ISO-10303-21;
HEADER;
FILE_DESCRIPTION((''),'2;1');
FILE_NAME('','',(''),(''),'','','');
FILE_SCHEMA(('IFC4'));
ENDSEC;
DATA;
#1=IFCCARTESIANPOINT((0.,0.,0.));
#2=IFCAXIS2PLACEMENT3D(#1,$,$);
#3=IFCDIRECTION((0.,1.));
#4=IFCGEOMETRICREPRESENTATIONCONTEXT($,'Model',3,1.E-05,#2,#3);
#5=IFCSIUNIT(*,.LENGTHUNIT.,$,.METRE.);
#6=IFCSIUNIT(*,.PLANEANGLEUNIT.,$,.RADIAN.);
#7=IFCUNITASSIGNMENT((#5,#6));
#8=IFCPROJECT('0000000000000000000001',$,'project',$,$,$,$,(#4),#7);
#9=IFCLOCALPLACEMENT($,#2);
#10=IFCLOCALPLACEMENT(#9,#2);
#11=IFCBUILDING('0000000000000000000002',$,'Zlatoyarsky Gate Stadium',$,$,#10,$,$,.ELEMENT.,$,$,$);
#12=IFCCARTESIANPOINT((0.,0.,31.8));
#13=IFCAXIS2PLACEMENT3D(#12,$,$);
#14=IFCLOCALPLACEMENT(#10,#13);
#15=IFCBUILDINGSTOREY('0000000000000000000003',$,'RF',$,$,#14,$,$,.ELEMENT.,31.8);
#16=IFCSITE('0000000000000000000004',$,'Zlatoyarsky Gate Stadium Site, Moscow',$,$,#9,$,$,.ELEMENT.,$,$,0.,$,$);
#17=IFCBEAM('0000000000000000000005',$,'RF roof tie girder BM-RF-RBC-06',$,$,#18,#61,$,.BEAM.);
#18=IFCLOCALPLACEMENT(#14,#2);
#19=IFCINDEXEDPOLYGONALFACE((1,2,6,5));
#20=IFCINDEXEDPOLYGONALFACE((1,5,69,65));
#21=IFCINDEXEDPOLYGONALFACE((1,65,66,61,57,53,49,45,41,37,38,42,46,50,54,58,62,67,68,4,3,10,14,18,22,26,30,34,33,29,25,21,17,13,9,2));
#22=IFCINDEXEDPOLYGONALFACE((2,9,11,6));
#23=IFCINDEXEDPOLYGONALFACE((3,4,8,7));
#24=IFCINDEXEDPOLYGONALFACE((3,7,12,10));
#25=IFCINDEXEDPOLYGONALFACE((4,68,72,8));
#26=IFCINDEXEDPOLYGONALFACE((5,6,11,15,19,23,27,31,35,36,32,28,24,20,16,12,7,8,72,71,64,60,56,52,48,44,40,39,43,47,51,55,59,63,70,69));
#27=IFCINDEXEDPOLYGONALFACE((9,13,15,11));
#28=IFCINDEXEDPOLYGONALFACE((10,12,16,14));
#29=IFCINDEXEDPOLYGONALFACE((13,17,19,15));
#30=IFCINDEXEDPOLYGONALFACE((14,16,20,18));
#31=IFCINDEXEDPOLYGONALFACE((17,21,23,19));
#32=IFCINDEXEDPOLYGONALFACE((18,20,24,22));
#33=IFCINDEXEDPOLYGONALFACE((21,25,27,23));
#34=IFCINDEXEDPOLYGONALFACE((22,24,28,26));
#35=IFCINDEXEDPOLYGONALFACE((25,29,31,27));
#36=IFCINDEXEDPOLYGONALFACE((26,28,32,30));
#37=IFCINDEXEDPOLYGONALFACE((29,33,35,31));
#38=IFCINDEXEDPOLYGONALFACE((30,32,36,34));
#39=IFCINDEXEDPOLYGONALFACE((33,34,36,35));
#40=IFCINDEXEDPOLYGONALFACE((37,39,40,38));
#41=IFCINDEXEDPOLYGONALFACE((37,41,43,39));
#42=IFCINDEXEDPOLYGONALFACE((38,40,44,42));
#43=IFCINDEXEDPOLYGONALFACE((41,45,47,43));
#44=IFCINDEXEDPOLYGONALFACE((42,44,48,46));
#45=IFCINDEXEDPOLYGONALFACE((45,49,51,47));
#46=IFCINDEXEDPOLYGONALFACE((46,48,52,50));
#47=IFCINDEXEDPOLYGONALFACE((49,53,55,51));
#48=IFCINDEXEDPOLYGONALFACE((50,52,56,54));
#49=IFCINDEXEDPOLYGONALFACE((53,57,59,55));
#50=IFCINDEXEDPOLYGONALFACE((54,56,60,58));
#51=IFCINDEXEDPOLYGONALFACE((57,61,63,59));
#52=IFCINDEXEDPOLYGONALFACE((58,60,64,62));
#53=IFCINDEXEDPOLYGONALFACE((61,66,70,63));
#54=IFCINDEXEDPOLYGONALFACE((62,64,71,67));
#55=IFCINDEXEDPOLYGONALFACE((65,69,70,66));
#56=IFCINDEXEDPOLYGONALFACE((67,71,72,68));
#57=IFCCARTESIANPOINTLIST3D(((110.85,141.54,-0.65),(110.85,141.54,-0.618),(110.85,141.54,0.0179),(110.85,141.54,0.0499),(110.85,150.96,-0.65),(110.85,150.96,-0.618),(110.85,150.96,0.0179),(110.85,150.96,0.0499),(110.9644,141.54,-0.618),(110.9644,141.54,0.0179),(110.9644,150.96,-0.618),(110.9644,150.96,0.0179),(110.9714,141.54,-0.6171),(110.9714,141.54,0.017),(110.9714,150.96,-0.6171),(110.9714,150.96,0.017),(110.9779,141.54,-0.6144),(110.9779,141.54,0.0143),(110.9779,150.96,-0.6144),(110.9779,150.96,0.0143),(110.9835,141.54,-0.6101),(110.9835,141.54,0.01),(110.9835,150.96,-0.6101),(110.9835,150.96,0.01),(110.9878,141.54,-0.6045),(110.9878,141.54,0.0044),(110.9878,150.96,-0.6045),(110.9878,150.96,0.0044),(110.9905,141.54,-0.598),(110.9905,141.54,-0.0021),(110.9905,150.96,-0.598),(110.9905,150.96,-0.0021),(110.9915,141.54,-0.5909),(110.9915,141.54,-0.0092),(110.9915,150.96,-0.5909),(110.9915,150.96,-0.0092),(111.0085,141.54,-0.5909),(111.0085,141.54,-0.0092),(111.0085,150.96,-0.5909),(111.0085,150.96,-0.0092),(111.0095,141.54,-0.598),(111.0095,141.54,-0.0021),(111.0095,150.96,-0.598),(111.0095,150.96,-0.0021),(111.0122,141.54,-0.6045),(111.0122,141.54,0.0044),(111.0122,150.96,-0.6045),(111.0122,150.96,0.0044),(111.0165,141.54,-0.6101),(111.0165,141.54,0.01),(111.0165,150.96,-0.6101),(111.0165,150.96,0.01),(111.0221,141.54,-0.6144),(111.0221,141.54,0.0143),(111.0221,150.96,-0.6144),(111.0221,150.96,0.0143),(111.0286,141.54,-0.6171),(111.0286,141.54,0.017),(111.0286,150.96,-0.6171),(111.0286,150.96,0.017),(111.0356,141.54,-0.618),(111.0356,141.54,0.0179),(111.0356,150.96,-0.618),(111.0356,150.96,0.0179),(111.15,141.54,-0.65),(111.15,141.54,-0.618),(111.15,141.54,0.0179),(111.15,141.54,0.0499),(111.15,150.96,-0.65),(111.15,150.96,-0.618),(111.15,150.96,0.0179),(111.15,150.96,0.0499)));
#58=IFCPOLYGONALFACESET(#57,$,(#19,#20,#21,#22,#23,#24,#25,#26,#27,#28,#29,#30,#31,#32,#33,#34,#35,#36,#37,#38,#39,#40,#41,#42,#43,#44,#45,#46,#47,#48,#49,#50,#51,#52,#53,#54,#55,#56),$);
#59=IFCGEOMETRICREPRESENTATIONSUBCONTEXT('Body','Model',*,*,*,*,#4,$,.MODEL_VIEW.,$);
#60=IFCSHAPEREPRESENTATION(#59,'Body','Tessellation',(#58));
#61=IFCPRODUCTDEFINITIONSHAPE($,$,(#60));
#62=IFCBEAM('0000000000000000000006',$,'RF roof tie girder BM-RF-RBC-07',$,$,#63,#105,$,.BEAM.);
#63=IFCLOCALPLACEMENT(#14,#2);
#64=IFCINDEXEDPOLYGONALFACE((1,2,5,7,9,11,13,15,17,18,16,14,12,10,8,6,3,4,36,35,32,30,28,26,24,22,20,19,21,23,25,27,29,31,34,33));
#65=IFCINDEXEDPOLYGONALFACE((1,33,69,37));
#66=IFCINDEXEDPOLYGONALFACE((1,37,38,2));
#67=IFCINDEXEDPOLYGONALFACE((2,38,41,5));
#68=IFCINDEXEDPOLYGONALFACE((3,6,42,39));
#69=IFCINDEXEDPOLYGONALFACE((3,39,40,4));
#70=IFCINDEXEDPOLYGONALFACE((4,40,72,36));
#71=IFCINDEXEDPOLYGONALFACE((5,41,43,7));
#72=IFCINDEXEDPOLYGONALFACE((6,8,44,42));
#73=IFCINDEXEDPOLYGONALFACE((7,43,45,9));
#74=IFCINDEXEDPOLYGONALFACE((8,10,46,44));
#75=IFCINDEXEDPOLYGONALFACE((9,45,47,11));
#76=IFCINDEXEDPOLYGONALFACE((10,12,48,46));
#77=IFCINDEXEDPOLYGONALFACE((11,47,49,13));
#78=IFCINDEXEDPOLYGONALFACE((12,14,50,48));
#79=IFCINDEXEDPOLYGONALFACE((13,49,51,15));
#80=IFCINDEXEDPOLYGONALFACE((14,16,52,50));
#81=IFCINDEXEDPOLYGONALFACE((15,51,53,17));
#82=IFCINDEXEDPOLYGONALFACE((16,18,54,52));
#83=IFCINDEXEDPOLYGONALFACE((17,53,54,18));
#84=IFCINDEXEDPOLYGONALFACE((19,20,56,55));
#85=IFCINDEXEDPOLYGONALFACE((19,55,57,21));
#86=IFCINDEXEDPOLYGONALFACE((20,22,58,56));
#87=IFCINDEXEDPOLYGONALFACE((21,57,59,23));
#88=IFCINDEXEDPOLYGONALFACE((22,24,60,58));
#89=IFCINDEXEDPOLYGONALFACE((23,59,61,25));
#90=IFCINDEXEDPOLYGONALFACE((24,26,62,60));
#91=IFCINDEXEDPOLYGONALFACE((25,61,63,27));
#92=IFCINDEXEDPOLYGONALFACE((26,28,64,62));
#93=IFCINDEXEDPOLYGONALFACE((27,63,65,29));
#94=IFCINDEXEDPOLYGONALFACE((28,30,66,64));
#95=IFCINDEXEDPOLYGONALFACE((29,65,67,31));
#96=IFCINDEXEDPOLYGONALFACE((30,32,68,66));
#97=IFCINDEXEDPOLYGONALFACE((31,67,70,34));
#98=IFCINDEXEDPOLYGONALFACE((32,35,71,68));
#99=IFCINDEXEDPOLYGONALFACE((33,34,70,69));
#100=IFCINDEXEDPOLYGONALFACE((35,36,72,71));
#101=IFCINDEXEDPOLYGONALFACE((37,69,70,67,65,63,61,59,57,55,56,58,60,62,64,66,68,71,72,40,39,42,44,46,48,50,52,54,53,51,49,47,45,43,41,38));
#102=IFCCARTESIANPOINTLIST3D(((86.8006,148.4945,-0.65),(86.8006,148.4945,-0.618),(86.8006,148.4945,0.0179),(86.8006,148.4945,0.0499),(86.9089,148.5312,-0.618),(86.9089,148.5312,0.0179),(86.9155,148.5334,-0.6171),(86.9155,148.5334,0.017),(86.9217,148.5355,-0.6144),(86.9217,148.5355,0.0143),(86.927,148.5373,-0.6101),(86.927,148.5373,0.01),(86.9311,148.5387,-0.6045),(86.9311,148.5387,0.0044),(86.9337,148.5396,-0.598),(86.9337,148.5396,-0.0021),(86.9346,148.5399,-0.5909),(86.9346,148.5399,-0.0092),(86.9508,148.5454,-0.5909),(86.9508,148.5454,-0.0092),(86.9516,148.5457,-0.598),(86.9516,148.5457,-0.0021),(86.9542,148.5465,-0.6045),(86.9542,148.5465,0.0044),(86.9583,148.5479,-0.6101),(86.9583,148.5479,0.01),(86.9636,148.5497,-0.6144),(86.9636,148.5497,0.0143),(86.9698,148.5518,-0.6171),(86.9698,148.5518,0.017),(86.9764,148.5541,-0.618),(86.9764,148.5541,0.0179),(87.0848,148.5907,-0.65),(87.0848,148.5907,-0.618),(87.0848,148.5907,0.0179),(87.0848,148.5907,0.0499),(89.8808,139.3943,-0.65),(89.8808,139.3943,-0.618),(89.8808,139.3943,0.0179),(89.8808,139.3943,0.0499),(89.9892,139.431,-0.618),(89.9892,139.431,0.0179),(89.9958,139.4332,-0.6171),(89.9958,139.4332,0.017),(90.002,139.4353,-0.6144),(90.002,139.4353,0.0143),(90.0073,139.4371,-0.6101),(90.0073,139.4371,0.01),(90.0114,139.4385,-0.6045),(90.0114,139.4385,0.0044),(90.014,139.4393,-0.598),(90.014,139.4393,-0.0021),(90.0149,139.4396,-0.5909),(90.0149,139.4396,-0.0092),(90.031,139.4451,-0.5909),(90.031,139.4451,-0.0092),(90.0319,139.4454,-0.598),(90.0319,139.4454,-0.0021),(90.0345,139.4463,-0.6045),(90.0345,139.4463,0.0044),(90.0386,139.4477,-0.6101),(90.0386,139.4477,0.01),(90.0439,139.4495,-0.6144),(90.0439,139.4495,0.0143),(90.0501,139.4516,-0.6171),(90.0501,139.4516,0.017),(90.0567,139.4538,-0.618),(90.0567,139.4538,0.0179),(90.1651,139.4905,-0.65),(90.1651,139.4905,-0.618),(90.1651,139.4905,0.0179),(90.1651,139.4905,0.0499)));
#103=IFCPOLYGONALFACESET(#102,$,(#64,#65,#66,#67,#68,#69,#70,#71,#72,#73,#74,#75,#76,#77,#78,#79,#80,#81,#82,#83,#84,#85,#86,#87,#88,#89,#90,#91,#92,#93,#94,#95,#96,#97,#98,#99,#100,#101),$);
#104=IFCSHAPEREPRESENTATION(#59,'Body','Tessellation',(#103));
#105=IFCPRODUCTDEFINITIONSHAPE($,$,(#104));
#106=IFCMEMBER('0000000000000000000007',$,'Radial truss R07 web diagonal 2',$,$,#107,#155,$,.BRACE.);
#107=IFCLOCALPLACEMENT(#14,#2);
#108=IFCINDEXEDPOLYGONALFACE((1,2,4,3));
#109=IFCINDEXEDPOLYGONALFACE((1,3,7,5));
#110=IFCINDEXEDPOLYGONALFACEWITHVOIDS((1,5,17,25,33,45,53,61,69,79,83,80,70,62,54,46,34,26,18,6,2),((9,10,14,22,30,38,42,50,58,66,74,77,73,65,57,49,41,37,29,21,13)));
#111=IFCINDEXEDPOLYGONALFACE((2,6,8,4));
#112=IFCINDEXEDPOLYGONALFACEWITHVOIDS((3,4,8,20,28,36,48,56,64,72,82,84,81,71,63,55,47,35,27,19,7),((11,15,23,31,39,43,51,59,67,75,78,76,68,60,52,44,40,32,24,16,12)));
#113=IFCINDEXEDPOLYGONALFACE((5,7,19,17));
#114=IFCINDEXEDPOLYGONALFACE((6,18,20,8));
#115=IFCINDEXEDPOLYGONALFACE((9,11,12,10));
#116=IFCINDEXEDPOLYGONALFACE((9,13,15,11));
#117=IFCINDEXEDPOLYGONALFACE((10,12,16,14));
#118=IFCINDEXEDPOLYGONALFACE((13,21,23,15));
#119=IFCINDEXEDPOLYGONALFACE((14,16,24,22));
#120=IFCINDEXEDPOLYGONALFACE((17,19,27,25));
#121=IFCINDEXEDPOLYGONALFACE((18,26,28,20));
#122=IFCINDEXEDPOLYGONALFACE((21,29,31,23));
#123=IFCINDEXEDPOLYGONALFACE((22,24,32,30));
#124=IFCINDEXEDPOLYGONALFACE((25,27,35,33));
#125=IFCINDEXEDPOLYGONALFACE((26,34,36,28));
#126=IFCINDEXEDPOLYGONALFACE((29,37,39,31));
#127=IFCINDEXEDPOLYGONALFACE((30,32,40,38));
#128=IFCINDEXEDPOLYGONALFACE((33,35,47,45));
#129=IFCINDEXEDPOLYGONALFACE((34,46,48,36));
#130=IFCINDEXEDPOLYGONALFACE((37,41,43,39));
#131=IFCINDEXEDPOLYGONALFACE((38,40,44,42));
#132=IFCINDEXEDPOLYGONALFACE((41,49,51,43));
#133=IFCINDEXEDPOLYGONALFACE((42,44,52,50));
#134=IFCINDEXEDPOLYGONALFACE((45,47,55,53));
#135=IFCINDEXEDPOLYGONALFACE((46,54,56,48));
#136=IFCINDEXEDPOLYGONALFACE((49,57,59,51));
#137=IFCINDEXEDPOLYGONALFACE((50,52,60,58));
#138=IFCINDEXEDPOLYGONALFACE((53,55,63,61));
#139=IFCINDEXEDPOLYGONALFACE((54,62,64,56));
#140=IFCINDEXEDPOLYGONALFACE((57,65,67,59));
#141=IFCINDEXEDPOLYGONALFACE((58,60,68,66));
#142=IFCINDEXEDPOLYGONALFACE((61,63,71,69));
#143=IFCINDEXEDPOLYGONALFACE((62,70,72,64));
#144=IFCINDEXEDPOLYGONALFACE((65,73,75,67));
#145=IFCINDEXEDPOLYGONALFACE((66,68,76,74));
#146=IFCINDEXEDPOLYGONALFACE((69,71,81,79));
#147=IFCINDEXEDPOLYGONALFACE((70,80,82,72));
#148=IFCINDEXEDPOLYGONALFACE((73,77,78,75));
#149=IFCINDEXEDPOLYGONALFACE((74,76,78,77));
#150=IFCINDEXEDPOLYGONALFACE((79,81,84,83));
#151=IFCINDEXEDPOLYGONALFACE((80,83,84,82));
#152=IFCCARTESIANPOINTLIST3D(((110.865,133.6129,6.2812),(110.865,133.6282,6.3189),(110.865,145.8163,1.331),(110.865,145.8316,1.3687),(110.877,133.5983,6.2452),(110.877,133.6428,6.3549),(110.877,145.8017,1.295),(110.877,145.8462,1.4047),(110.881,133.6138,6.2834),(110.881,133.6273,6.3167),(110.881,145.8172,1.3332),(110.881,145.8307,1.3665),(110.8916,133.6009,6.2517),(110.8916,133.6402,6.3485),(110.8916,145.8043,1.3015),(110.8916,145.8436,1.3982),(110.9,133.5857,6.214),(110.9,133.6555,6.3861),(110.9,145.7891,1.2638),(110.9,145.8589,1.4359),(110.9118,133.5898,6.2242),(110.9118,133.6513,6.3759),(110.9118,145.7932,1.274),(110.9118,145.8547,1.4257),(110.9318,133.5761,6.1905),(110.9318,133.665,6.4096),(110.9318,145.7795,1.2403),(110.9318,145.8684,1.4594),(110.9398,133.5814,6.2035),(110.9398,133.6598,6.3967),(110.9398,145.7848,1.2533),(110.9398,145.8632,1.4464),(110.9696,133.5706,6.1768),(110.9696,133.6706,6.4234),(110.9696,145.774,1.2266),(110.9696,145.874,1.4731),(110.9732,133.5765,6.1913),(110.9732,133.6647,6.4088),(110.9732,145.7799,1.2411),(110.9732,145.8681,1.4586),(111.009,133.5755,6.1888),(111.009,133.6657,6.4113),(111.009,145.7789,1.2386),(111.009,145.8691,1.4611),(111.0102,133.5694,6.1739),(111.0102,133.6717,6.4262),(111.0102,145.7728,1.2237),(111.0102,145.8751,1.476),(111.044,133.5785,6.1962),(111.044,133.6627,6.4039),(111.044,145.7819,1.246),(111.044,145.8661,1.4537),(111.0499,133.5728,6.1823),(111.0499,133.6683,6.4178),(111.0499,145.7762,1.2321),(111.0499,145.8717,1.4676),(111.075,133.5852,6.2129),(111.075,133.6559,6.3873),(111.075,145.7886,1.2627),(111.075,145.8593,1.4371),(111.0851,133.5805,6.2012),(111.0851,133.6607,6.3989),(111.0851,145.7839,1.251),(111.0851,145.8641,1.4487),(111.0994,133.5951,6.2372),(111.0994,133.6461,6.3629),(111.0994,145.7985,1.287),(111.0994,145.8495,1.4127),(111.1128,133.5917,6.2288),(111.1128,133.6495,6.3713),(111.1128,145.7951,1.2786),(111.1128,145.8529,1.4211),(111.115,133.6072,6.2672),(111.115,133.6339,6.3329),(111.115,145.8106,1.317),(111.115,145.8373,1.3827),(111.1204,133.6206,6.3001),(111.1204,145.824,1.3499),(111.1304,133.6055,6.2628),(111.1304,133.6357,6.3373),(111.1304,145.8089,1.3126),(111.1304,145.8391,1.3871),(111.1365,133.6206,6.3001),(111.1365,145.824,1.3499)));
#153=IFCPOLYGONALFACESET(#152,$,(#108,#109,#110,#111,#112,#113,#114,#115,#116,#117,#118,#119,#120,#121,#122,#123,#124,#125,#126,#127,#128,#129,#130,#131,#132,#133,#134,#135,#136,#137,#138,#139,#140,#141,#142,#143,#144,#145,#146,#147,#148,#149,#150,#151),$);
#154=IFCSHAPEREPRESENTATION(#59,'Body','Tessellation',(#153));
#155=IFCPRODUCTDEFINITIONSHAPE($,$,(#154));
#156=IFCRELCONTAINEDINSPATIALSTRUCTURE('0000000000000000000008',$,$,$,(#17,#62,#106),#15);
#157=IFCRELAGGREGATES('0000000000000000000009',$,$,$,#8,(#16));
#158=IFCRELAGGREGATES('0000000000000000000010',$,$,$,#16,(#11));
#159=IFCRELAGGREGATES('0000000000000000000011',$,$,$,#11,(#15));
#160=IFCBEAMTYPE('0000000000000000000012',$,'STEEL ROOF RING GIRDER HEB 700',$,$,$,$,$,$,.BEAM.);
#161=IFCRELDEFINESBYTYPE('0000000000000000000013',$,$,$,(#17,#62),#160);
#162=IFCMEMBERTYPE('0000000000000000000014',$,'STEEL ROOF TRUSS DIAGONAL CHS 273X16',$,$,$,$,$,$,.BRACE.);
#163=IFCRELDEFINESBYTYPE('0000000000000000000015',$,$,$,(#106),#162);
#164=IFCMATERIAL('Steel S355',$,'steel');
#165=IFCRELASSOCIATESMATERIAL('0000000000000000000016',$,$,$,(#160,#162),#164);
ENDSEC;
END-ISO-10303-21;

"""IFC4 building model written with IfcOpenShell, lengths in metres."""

from ifc_helpers import new_model, si_unit, direction, frame, origin, origin_2d, place, context, subcontext, project, spatial, hollow_circle, i_section, extrude, material, material_profile, profile_set, type_object, element, save


model = new_model("IFC4")

# Units and contexts
model_context = context("Model", 3, precision=1e-05, world=origin(), true_north=direction((0.0, 1.0)))
body_context = subcontext(model_context, "Body", "Model", "MODEL_VIEW")
ifc_project = project(units=[si_unit("LENGTHUNIT", "METRE"), si_unit("PLANEANGLEUNIT", "RADIAN")], contexts=[model_context])

# Site, building, storey
site_placement = place(None, origin())
site = spatial("IfcSite", under=ifc_project, at=site_placement, Name="Zlatoyarsky Gate Stadium Site, Moscow", CompositionType="ELEMENT", RefElevation=0.0)
building_placement = place(site_placement, origin())
building = spatial("IfcBuilding", under=site, at=building_placement, Name="Zlatoyarsky Gate Stadium", CompositionType="ELEMENT")
storey_placement = place(building_placement, frame((0.0, 0.0, 31.8)))
storey = spatial("IfcBuildingStorey", under=building, at=storey_placement, Name="RF", CompositionType="ELEMENT", Elevation=31.8)

# Shared definitions
ifc_material_1 = material(Name="Steel S355", Category="steel")

# Beams
ifc_material_profile_1 = material_profile(ifc_material_1, i_section(OverallWidth=0.3, OverallDepth=0.7, WebThickness=0.0171, FlangeThickness=0.032, FilletRadius=0.0271, at=origin_2d()), Name="HEB 700")
ifc_profile_set_1 = profile_set([ifc_material_profile_1], Name="Steel S355")
beam_type = type_object("IfcBeamType", Name="STEEL ROOF RING GIRDER HEB 700", PredefinedType="BEAM", material=ifc_profile_set_1)
beam_1_placement = place(storey_placement, frame((111.0, 141.54, -0.3), z_axis=(0.0, 1.0, 0.0), x_axis=(-1.0, 0.0, 0.0)))
element("IfcBeam", 1, at=beam_1_placement, inside=storey, type_object=beam_type, Name="RF roof tie girder BM-RF-RBC-06", PredefinedType="BEAM", context=body_context, shape_type="SweptSolid", body=[
    extrude(i_section(OverallWidth=0.3, OverallDepth=0.7, WebThickness=0.0171, FlangeThickness=0.032, FilletRadius=0.0271, at=origin_2d()), origin(), (0.0, 0.0, 1.0), 9.4199),
])
beam_2_placement = place(storey_placement, frame((90.0229, 139.4424, -0.3), z_axis=(-0.320615, 0.947209, 0.0), x_axis=(-0.947209, -0.320615, 0.0)))
element("IfcBeam", 2, at=beam_2_placement, inside=storey, type_object=beam_type, Name="RF roof tie girder BM-RF-RBC-07", PredefinedType="BEAM", context=body_context, shape_type="SweptSolid", body=[
    extrude(i_section(OverallWidth=0.3, OverallDepth=0.7, WebThickness=0.0171, FlangeThickness=0.032, FilletRadius=0.0271, at=origin_2d()), origin(), (0.0, 0.0, 1.0), 9.6074),
])

# Member
ifc_material_profile_2 = material_profile(ifc_material_1, hollow_circle(Radius=0.1365, WallThickness=0.0161, at=origin_2d()), Name="CHS 273X16")
ifc_profile_set_2 = profile_set([ifc_material_profile_2], Name="Steel S355")
member_type_1 = type_object("IfcMemberType", Name="STEEL ROOF TRUSS DIAGONAL CHS 273X16", PredefinedType="BRACE", material=ifc_profile_set_2)
member_1_placement = place(storey_placement, frame((111.0, 145.824, 1.3499), z_axis=(0.0, -0.926663, 0.375893), x_axis=(1.0, 0.0, 0.0)))
element("IfcMember", 3, at=member_1_placement, inside=storey, type_object=member_type_1, Name="Radial truss R07 web diagonal 2", PredefinedType="BRACE", context=body_context, shape_type="SweptSolid", body=[
    extrude(hollow_circle(Radius=0.1365, WallThickness=0.0161, at=origin_2d()), origin(), (0.0, 0.0, 1.0), 13.1692),
])

save(model, "model.ifc")
